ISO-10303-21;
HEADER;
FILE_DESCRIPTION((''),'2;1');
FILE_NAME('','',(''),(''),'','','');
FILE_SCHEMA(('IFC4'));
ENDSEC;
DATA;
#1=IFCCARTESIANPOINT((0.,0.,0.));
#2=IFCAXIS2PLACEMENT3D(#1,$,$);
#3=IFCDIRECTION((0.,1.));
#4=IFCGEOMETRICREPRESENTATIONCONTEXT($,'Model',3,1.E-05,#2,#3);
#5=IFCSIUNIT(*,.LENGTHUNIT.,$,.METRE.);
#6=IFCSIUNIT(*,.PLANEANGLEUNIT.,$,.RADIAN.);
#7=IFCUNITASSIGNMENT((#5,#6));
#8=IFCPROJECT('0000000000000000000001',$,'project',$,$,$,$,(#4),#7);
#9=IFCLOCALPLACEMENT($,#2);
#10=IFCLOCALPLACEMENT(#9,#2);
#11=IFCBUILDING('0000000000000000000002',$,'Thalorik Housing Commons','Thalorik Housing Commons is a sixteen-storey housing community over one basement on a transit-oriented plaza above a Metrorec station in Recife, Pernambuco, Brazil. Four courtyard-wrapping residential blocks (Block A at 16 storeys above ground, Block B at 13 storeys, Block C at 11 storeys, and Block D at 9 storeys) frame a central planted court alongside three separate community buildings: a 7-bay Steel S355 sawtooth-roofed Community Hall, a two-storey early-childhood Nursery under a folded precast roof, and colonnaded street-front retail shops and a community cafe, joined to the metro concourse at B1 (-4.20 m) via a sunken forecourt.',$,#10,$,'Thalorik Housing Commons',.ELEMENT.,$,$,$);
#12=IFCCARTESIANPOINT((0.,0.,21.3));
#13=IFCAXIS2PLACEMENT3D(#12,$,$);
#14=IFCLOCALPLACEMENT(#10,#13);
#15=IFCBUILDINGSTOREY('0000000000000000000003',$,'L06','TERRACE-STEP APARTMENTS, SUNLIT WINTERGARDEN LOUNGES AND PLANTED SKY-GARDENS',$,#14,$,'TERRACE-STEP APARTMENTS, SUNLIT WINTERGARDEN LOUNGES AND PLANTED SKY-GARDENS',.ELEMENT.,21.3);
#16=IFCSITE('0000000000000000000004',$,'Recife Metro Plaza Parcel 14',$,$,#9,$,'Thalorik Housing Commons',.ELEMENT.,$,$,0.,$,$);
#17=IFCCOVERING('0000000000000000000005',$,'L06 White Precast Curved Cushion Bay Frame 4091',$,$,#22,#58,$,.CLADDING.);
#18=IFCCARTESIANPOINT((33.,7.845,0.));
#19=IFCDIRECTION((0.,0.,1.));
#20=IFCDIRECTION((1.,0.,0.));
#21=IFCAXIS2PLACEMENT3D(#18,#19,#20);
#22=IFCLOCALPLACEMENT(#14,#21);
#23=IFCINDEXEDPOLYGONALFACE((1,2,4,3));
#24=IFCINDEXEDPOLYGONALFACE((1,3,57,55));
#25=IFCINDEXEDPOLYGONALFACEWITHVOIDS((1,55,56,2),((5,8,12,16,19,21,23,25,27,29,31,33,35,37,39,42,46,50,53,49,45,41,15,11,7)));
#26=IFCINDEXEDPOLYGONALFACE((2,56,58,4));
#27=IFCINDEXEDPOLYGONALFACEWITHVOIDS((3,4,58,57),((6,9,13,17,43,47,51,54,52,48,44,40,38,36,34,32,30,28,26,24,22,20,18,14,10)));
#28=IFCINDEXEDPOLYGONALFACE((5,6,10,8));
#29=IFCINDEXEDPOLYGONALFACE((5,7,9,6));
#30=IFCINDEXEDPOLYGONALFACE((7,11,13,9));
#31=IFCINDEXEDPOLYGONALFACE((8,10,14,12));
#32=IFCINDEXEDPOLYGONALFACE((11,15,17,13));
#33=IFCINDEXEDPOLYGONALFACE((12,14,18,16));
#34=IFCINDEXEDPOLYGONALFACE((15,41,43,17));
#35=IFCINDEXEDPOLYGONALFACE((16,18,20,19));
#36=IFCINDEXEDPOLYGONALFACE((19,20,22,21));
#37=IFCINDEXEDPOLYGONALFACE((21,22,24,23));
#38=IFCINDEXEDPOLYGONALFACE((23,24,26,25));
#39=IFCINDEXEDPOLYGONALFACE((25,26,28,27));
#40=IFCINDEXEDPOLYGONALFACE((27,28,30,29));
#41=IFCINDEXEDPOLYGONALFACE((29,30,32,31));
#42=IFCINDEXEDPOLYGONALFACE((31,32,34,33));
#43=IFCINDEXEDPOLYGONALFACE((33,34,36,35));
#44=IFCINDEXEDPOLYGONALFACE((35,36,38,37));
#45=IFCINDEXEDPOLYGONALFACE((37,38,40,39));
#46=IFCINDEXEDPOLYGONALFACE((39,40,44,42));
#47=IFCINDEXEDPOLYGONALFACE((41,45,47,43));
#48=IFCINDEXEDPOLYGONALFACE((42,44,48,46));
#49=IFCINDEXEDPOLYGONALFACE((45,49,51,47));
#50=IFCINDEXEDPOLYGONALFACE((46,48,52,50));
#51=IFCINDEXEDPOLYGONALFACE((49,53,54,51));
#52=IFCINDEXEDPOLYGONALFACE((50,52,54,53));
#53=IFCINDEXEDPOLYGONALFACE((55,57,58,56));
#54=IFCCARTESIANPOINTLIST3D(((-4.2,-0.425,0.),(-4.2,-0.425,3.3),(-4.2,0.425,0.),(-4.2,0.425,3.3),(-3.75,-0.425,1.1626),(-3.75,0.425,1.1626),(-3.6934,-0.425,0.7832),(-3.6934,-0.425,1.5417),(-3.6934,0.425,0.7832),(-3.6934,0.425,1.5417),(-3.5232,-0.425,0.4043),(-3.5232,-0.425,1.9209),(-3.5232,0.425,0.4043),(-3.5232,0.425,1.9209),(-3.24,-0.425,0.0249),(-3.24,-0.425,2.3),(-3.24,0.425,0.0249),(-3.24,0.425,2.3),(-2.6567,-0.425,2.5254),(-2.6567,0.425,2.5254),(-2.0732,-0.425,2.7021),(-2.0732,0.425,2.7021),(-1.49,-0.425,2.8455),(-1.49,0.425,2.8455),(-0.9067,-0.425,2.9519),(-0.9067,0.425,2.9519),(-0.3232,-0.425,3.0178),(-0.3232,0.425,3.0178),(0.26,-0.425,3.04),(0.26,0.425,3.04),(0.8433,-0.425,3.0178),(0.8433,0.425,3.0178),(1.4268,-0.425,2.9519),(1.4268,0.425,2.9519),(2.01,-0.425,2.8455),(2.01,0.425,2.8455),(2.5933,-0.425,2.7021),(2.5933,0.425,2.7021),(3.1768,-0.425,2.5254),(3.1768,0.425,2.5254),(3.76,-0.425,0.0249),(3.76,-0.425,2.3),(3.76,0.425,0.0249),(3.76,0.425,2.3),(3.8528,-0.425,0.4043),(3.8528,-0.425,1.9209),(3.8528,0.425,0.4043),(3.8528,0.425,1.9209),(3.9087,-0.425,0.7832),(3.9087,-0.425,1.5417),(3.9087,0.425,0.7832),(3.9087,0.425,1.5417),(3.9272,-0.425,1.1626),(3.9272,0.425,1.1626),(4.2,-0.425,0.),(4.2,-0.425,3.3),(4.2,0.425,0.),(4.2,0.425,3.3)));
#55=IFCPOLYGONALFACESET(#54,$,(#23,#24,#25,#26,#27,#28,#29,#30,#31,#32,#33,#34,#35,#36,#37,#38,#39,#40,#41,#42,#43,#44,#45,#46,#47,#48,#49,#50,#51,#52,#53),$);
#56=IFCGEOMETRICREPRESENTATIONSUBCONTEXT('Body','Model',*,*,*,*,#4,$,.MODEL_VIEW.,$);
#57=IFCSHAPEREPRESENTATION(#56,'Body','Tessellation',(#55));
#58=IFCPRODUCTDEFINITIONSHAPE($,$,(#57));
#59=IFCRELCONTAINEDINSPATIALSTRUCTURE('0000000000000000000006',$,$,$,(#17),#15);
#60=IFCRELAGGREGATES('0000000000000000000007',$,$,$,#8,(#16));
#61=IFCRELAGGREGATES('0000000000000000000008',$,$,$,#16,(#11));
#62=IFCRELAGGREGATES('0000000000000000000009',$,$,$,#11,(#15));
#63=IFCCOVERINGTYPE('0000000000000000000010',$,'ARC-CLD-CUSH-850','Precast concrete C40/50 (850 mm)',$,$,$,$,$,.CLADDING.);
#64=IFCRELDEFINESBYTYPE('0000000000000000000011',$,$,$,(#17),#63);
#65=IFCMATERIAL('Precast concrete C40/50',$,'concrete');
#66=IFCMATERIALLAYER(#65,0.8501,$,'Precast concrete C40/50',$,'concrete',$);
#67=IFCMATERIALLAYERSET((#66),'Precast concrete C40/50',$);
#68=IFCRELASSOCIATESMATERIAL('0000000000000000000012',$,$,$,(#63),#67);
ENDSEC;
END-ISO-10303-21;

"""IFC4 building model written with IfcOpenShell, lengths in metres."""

from ifc_helpers import new_model, si_unit, direction, frame, origin, place, context, subcontext, project, spatial, polyline, outline, extrude, material, layer, layer_set, type_object, element, save


model = new_model("IFC4")

# Units and contexts
model_context = context("Model", 3, precision=1e-05, world=origin(), true_north=direction((0.0, 1.0)))
body_context = subcontext(model_context, "Body", "Model", "MODEL_VIEW")
ifc_project = project(units=[si_unit("LENGTHUNIT", "METRE"), si_unit("PLANEANGLEUNIT", "RADIAN")], contexts=[model_context])

# Site, building, storey
site_placement = place(None, origin())
site = spatial("IfcSite", under=ifc_project, at=site_placement, Name="Recife Metro Plaza Parcel 14", LongName="Thalorik Housing Commons", CompositionType="ELEMENT", RefElevation=0.0)
building_placement = place(site_placement, origin())
building = spatial("IfcBuilding", under=site, at=building_placement, Name="Thalorik Housing Commons", Description="Thalorik Housing Commons is a sixteen-storey housing community over one basement on a transit-oriented plaza above a Metrorec station in Recife, Pernambuco, Brazil. Four courtyard-wrapping residential blocks (Block A at 16 storeys above ground, Block B at 13 storeys, Block C at 11 storeys, and Block D at 9 storeys) frame a central planted court alongside three separate community buildings: a 7-bay Steel S355 sawtooth-roofed Community Hall, a two-storey early-childhood Nursery under a folded precast roof, and colonnaded street-front retail shops and a community cafe, joined to the metro concourse at B1 (-4.20 m) via a sunken forecourt.", LongName="Thalorik Housing Commons", CompositionType="ELEMENT")
storey_placement = place(building_placement, frame((0.0, 0.0, 21.3)))
storey = spatial("IfcBuildingStorey", under=building, at=storey_placement, Name="L06", Description="TERRACE-STEP APARTMENTS, SUNLIT WINTERGARDEN LOUNGES AND PLANTED SKY-GARDENS", LongName="TERRACE-STEP APARTMENTS, SUNLIT WINTERGARDEN LOUNGES AND PLANTED SKY-GARDENS", CompositionType="ELEMENT", Elevation=21.3)

# Shared definitions
ifc_material_1 = material(Name="Precast concrete C40/50", Category="concrete")

# Covering
ifc_layer_1 = layer(ifc_material_1, 0.8501, Name="Precast concrete C40/50", Category="concrete")
ifc_layer_set_1 = layer_set([ifc_layer_1], Name="Precast concrete C40/50")
covering_type_1 = type_object("IfcCoveringType", Name="ARC-CLD-CUSH-850", Description="Precast concrete C40/50 (850 mm)", PredefinedType="CLADDING", material=ifc_layer_set_1)
covering_1_placement = place(storey_placement, frame((33.0, 7.845, 0.0), z_axis=(0.0, 0.0, 1.0), x_axis=(1.0, 0.0, 0.0)))
element("IfcCovering", 1, at=covering_1_placement, inside=storey, type_object=covering_type_1, Name="L06 White Precast Curved Cushion Bay Frame 4091", PredefinedType="CLADDING", context=body_context, shape_type="SweptSolid", body=[
    extrude(outline(polyline([(-4.2, 0.0), (4.2, 0.0), (4.2, 3.3), (-4.2, 3.3), (-4.2, 0.0)]), holes=[polyline([(3.76, 0.0249), (3.8528, 0.4043), (3.9087, 0.7832), (3.9272, 1.1626), (3.9087, 1.5417), (3.8528, 1.9209), (3.76, 2.3), (3.1768, 2.5254), (2.5933, 2.7021), (2.01, 2.8455), (1.4268, 2.9519), (0.8433, 3.0178), (0.26, 3.04), (-0.3232, 3.0178), (-0.9067, 2.9519), (-1.49, 2.8455), (-2.0732, 2.7021), (-2.6567, 2.5254), (-3.24, 2.3), (-3.5232, 1.9209), (-3.6934, 1.5417), (-3.75, 1.1626), (-3.6934, 0.7832), (-3.5232, 0.4043), (-3.24, 0.0249), (3.76, 0.0249)])]), frame((0.0, 0.425, 0.0), z_axis=(0.0, -1.0, 0.0), x_axis=(1.0, 0.0, 0.0)), (0.0, 0.0, 1.0), 0.8501),
])

save(model, "model.ifc")
